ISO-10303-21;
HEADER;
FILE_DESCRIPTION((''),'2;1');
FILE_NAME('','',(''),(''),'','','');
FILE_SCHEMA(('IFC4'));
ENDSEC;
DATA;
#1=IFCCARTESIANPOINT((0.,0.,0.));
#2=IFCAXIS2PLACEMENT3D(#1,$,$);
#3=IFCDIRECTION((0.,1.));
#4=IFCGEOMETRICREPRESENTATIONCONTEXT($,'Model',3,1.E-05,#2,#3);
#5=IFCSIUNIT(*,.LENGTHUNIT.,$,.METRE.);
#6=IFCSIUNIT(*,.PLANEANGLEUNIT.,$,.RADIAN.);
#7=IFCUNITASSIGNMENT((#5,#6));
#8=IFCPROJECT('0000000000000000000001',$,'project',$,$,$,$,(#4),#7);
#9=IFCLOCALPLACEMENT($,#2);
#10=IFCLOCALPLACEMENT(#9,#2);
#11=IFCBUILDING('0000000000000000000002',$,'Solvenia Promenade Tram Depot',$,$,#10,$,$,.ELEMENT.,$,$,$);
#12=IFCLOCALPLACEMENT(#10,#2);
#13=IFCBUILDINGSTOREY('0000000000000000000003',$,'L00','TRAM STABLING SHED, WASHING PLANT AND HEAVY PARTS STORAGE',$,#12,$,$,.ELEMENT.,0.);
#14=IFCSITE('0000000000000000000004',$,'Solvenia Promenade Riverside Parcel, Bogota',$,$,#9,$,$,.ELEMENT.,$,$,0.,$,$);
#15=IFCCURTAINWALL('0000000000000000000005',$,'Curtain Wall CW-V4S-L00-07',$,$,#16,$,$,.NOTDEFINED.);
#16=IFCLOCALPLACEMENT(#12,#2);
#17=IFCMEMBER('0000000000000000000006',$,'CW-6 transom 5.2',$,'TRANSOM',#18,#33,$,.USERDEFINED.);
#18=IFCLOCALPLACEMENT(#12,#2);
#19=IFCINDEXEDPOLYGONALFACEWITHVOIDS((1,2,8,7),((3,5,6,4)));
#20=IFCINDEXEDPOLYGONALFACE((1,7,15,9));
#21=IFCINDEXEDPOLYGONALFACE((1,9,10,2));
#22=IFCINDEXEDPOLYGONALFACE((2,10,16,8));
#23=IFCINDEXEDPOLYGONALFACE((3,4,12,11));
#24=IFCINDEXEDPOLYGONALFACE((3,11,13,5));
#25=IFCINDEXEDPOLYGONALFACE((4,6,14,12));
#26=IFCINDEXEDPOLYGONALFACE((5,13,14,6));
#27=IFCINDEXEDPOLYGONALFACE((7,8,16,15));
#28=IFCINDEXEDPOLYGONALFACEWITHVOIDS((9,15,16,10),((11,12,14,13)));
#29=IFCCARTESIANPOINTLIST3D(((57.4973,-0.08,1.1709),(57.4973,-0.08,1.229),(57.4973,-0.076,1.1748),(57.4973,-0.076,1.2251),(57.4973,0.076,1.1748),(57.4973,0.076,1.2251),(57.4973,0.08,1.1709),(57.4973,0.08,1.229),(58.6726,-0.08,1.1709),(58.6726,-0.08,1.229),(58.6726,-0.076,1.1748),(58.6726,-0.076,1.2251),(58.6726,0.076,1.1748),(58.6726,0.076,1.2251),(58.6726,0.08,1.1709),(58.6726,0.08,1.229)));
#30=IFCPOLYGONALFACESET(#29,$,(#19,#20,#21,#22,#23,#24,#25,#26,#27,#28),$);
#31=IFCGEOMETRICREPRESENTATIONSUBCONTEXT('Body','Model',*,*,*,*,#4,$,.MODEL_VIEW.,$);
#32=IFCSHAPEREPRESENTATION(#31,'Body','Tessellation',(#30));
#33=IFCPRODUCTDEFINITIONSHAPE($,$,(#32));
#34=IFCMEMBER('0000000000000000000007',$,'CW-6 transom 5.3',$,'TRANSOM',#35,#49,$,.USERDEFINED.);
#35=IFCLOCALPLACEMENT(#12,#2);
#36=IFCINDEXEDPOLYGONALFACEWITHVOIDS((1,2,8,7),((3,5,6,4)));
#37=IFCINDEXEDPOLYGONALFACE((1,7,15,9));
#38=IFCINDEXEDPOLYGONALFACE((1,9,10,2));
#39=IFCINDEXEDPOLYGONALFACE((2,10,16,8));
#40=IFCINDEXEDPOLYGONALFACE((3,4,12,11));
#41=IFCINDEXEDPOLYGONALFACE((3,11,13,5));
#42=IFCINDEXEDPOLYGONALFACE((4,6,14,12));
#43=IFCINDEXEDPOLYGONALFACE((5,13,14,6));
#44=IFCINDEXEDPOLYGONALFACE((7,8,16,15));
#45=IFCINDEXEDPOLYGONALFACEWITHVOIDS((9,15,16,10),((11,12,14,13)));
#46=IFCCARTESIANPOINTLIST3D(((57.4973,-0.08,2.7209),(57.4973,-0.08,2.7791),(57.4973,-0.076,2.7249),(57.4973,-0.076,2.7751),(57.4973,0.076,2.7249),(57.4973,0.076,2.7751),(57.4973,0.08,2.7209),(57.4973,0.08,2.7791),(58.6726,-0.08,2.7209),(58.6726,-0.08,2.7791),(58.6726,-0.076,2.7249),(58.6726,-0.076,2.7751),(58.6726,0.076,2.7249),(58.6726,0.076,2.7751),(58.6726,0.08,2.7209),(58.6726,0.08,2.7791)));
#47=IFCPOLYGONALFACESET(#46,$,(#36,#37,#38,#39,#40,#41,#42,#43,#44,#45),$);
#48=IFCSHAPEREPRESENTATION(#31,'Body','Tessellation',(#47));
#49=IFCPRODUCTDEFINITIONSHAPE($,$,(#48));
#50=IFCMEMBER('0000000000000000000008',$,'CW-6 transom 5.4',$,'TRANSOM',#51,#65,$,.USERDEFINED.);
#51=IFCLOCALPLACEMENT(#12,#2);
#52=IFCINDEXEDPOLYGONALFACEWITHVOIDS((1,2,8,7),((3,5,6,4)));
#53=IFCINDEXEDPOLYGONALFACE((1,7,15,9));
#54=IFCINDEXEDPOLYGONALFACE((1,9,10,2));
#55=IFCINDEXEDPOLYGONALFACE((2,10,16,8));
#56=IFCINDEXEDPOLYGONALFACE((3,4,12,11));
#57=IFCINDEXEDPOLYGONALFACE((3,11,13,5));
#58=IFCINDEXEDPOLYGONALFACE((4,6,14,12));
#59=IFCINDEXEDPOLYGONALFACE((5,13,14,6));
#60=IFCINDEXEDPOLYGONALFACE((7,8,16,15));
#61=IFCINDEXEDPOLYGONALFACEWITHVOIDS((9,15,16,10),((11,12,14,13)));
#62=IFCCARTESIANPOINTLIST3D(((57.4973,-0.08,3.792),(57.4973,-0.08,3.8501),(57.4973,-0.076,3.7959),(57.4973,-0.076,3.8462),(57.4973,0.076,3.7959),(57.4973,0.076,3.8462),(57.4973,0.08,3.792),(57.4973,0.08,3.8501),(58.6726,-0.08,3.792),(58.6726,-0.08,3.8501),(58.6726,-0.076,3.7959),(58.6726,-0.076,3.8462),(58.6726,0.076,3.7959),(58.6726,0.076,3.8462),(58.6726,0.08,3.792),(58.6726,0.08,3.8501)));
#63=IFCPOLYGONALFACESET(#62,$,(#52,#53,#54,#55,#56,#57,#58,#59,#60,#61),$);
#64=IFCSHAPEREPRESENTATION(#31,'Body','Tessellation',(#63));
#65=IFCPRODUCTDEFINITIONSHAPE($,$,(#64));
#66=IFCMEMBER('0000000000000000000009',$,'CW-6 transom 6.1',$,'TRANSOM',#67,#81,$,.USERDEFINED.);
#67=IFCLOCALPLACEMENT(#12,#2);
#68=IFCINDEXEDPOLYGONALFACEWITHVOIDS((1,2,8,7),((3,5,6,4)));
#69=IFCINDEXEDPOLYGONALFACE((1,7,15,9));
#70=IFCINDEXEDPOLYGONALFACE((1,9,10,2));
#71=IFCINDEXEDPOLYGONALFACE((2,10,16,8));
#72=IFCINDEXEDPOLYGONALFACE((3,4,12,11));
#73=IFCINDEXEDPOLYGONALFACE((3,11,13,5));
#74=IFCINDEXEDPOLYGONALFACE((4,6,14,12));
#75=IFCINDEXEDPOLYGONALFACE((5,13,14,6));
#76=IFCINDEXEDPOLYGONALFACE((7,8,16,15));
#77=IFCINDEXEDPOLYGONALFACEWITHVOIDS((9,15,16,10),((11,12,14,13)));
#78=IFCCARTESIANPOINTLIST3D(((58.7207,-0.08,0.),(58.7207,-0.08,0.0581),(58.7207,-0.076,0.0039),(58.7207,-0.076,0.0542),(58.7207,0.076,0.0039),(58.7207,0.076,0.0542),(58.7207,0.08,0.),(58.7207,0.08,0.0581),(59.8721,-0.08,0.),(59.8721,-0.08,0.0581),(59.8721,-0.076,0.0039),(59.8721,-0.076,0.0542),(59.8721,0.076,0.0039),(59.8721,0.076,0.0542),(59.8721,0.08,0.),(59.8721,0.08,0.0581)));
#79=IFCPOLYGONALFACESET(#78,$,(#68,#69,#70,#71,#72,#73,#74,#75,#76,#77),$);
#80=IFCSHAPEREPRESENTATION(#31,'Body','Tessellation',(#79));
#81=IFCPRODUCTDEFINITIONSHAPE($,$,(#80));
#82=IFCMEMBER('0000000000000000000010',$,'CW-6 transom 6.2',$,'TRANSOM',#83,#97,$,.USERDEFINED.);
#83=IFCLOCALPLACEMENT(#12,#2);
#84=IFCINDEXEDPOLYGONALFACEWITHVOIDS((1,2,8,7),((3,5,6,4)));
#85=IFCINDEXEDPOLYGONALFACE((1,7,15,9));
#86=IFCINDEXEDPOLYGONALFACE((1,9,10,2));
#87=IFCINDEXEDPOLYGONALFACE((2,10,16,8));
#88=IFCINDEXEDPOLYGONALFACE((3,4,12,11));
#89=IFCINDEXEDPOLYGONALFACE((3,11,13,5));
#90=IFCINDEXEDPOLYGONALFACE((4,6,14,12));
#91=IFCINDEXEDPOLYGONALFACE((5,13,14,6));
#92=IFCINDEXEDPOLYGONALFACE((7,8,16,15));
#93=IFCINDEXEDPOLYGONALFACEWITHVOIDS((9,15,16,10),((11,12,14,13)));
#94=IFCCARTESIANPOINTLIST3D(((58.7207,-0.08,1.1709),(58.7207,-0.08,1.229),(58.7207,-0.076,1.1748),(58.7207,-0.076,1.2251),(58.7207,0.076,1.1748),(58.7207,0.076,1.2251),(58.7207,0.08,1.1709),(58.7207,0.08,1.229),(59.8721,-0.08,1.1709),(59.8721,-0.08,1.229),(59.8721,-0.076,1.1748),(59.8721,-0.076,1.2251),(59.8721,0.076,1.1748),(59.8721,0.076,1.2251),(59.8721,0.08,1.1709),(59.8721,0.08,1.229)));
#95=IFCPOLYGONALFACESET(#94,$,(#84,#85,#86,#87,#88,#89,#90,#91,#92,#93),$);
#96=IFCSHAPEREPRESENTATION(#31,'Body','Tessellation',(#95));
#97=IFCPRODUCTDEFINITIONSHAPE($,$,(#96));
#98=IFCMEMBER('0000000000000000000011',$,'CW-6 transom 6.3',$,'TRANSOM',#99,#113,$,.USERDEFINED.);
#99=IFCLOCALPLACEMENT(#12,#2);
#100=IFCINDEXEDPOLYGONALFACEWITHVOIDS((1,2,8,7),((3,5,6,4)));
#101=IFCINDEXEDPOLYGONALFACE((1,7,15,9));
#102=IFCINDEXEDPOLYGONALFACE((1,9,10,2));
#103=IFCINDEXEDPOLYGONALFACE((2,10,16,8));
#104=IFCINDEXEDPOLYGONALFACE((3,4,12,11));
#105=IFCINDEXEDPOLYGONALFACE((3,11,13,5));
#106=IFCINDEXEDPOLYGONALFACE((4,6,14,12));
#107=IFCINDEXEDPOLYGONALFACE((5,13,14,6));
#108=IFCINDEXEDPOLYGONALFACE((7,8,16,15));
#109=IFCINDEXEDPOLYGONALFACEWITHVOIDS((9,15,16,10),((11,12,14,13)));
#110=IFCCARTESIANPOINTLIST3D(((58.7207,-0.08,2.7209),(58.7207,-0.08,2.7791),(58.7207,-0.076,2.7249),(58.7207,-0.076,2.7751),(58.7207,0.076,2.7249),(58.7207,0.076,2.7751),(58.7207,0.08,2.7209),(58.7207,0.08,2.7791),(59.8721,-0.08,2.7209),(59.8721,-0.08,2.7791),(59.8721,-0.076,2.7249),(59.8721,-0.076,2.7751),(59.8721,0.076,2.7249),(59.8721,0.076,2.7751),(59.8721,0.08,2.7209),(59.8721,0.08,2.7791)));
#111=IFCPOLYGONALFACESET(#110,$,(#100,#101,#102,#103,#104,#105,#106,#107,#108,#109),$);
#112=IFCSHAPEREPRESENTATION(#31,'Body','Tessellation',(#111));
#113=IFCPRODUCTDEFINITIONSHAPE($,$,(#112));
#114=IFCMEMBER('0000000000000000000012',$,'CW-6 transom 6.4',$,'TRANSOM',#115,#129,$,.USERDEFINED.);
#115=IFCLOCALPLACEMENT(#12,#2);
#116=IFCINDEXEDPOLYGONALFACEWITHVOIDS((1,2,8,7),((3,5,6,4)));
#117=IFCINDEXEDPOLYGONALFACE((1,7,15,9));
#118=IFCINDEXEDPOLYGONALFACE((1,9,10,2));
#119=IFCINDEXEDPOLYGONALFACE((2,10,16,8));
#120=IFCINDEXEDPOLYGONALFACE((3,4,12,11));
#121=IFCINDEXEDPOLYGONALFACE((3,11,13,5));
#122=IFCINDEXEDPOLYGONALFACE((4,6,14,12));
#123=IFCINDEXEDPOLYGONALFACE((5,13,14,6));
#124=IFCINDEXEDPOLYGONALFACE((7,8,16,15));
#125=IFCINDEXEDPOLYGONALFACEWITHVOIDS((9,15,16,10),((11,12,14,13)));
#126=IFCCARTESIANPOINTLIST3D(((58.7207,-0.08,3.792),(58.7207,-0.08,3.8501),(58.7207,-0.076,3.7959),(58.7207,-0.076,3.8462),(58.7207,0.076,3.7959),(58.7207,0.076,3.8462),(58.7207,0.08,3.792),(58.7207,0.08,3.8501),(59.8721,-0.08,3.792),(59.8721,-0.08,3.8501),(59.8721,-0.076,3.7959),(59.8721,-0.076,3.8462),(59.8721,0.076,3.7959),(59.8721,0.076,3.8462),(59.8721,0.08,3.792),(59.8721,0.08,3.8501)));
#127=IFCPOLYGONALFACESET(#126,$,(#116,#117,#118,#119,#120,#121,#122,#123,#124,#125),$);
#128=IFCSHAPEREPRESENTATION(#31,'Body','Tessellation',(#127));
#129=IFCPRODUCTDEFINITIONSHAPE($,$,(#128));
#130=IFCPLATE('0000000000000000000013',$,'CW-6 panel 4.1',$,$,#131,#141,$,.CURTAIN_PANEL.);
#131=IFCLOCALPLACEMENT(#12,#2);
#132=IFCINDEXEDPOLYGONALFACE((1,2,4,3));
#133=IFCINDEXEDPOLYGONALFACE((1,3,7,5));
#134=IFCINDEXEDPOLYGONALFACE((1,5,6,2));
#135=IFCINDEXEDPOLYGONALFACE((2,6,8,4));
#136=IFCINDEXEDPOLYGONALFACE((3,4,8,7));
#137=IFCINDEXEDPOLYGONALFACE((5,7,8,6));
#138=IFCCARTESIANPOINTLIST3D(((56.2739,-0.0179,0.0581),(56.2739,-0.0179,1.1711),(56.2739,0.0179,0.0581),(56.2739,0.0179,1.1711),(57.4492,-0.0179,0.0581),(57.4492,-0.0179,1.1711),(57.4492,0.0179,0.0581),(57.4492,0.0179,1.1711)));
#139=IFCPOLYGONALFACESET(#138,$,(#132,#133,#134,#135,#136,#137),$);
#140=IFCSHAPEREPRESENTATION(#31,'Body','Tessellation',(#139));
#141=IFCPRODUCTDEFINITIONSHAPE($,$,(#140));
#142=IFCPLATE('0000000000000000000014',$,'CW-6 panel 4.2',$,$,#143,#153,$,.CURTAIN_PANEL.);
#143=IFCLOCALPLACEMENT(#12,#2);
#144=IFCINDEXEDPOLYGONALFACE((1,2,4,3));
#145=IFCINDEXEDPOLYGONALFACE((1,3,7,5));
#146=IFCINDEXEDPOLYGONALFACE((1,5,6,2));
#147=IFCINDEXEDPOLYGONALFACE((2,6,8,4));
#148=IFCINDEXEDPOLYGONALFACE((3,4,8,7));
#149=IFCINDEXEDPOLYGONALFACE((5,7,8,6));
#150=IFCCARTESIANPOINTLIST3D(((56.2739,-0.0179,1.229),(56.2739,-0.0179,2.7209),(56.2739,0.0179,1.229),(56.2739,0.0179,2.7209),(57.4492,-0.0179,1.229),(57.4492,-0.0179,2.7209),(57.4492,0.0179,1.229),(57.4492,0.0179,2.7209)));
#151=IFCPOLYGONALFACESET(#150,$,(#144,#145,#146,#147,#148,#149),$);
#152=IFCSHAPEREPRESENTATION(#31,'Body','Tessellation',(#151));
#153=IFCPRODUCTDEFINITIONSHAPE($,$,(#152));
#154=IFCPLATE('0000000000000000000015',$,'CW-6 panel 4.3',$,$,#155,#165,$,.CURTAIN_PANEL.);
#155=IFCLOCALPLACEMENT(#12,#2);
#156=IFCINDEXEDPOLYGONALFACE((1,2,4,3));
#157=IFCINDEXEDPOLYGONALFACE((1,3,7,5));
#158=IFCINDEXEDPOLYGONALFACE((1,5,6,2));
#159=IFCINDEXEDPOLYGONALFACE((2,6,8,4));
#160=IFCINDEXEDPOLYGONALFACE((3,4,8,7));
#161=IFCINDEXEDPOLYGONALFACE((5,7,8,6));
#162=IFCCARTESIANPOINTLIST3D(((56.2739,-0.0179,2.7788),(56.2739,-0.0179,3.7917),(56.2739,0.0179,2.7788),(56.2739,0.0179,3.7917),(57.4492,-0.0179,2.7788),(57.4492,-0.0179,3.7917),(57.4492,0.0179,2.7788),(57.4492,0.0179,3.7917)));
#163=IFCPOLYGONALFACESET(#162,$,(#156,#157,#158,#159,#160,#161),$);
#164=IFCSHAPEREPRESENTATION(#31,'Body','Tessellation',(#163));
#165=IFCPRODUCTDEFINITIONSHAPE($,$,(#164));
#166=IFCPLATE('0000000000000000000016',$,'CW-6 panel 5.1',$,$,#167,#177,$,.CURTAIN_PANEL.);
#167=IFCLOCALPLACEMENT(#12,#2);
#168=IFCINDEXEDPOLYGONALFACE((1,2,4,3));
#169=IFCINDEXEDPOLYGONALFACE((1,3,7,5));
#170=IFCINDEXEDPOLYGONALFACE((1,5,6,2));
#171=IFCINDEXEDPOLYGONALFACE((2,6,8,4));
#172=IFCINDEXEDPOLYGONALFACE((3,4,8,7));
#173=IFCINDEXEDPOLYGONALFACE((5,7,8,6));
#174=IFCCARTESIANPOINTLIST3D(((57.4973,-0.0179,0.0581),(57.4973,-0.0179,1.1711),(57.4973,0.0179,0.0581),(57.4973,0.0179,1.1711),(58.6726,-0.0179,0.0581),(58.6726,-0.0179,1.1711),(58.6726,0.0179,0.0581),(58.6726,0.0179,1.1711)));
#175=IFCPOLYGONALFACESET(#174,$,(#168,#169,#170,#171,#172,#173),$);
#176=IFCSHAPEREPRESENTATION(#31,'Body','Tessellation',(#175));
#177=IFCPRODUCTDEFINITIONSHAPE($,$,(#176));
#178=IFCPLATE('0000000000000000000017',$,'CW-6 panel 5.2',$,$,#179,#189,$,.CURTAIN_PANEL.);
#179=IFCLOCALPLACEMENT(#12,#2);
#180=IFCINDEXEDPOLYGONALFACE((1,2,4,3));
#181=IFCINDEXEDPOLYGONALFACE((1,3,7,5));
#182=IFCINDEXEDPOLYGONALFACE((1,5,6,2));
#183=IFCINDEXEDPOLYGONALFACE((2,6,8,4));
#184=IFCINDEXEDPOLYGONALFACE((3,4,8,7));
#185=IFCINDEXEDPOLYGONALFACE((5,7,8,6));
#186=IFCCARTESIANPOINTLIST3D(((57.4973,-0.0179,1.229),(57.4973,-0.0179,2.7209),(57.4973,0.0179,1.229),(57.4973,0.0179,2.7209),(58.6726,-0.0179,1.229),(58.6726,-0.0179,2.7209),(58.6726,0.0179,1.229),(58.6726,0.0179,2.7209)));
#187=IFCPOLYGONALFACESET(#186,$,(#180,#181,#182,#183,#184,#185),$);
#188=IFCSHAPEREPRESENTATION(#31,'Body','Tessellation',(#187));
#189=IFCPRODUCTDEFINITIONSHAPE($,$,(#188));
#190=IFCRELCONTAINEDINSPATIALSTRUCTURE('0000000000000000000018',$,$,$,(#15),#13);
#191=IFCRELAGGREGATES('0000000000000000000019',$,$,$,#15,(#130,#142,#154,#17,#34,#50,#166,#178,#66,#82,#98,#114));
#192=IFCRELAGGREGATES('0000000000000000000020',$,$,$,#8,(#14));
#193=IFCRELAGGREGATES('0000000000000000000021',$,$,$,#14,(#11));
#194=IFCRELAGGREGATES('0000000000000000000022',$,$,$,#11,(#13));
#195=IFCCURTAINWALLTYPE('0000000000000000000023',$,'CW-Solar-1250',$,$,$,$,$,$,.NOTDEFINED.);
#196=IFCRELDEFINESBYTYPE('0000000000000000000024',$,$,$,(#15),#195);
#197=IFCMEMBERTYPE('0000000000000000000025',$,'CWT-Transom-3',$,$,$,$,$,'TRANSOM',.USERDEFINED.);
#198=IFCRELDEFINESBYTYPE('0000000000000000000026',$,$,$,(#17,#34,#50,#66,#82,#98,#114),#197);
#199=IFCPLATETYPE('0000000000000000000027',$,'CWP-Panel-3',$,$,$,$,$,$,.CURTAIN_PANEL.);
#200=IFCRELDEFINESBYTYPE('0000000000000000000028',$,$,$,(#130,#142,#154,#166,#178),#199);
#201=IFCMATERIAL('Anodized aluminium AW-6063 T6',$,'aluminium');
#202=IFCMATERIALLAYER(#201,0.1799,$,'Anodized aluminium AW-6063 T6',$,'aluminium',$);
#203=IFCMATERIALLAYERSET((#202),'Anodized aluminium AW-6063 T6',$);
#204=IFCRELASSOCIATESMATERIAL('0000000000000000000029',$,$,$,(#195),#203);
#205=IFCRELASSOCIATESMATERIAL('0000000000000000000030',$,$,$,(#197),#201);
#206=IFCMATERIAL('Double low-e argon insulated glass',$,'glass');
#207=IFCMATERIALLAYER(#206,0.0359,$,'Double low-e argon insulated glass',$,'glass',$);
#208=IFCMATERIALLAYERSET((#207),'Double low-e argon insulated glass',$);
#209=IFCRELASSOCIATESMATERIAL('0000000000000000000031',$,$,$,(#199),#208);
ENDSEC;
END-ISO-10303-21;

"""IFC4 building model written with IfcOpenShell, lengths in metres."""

from ifc_helpers import new_model, si_unit, direction, frame, origin, origin_2d, place, context, subcontext, project, spatial, rectangle, hollow_rectangle, extrude, material, layer, layer_set, material_profile, profile_set, type_object, element, aggregate, save


model = new_model("IFC4")

# Units and contexts
model_context = context("Model", 3, precision=1e-05, world=origin(), true_north=direction((0.0, 1.0)))
body_context = subcontext(model_context, "Body", "Model", "MODEL_VIEW")
ifc_project = project(units=[si_unit("LENGTHUNIT", "METRE"), si_unit("PLANEANGLEUNIT", "RADIAN")], contexts=[model_context])

# Site, building, storey
site_placement = place(None, origin())
site = spatial("IfcSite", under=ifc_project, at=site_placement, Name="Solvenia Promenade Riverside Parcel, Bogota", CompositionType="ELEMENT", RefElevation=0.0)
building_placement = place(site_placement, origin())
building = spatial("IfcBuilding", under=site, at=building_placement, Name="Solvenia Promenade Tram Depot", CompositionType="ELEMENT")
storey_placement = place(building_placement, origin())
storey = spatial("IfcBuildingStorey", under=building, at=storey_placement, Name="L00", Description="TRAM STABLING SHED, WASHING PLANT AND HEAVY PARTS STORAGE", CompositionType="ELEMENT", Elevation=0.0)

# Curtain wall, members, plates
ifc_material_1 = material(Name="Anodized aluminium AW-6063 T6", Category="aluminium")
ifc_layer_1 = layer(ifc_material_1, 0.1799, Name="Anodized aluminium AW-6063 T6", Category="aluminium")
ifc_layer_set_1 = layer_set([ifc_layer_1], Name="Anodized aluminium AW-6063 T6")
curtain_wall_type = type_object("IfcCurtainWallType", Name="CW-Solar-1250", PredefinedType="NOTDEFINED", material=ifc_layer_set_1)
curtain_wall_placement = place(storey_placement, origin())
curtain_wall = element("IfcCurtainWall", 1, at=curtain_wall_placement, inside=storey, type_object=curtain_wall_type, Name="Curtain Wall CW-V4S-L00-07", PredefinedType="NOTDEFINED")
ifc_material_profile_1 = material_profile(ifc_material_1, hollow_rectangle(XDim=0.1599, YDim=0.0581, WallThickness=0.0039, at=origin_2d()), Name="ALU-T3", Category="aluminium")
ifc_profile_set_1 = profile_set([ifc_material_profile_1], Name="Anodized aluminium AW-6063 T6")
member_type_1 = type_object("IfcMemberType", Name="CWT-Transom-3", ElementType="TRANSOM", PredefinedType="USERDEFINED", material=ifc_profile_set_1)
member_1_placement = place(storey_placement, frame((57.4973, 0.0, 1.2), z_axis=(1.0, 0.0, 0.0), x_axis=(0.0, 1.0, 0.0)))
member_1 = element("IfcMember", 2, at=member_1_placement, type_object=member_type_1, Name="CW-6 transom 5.2", ObjectType="TRANSOM", PredefinedType="USERDEFINED", context=body_context, shape_type="SweptSolid", body=[
    extrude(hollow_rectangle(XDim=0.1599, YDim=0.0581, WallThickness=0.0039, at=origin_2d()), origin(), (0.0, 0.0, 1.0), 1.1753),
])
member_2_placement = place(storey_placement, frame((57.4973, 0.0, 2.75), z_axis=(1.0, 0.0, 0.0), x_axis=(0.0, 1.0, 0.0)))
member_2 = element("IfcMember", 3, at=member_2_placement, type_object=member_type_1, Name="CW-6 transom 5.3", ObjectType="TRANSOM", PredefinedType="USERDEFINED", context=body_context, shape_type="SweptSolid", body=[
    extrude(hollow_rectangle(XDim=0.1599, YDim=0.0581, WallThickness=0.0039, at=origin_2d()), origin(), (0.0, 0.0, 1.0), 1.1753),
])
member_3_placement = place(storey_placement, frame((57.4973, 0.0, 3.821), z_axis=(1.0, 0.0, 0.0), x_axis=(0.0, 1.0, 0.0)))
member_3 = element("IfcMember", 4, at=member_3_placement, type_object=member_type_1, Name="CW-6 transom 5.4", ObjectType="TRANSOM", PredefinedType="USERDEFINED", context=body_context, shape_type="SweptSolid", body=[
    extrude(hollow_rectangle(XDim=0.1599, YDim=0.0581, WallThickness=0.0039, at=origin_2d()), origin(), (0.0, 0.0, 1.0), 1.1753),
])
member_4_placement = place(storey_placement, frame((58.7207, 0.0, 0.0291), z_axis=(1.0, 0.0, 0.0), x_axis=(0.0, 1.0, 0.0)))
member_4 = element("IfcMember", 5, at=member_4_placement, type_object=member_type_1, Name="CW-6 transom 6.1", ObjectType="TRANSOM", PredefinedType="USERDEFINED", context=body_context, shape_type="SweptSolid", body=[
    extrude(hollow_rectangle(XDim=0.1599, YDim=0.0581, WallThickness=0.0039, at=origin_2d()), origin(), (0.0, 0.0, 1.0), 1.1514),
])
member_5_placement = place(storey_placement, frame((58.7207, 0.0, 1.2), z_axis=(1.0, 0.0, 0.0), x_axis=(0.0, 1.0, 0.0)))
member_5 = element("IfcMember", 6, at=member_5_placement, type_object=member_type_1, Name="CW-6 transom 6.2", ObjectType="TRANSOM", PredefinedType="USERDEFINED", context=body_context, shape_type="SweptSolid", body=[
    extrude(hollow_rectangle(XDim=0.1599, YDim=0.0581, WallThickness=0.0039, at=origin_2d()), origin(), (0.0, 0.0, 1.0), 1.1514),
])
member_6_placement = place(storey_placement, frame((58.7207, 0.0, 2.75), z_axis=(1.0, 0.0, 0.0), x_axis=(0.0, 1.0, 0.0)))
member_6 = element("IfcMember", 7, at=member_6_placement, type_object=member_type_1, Name="CW-6 transom 6.3", ObjectType="TRANSOM", PredefinedType="USERDEFINED", context=body_context, shape_type="SweptSolid", body=[
    extrude(hollow_rectangle(XDim=0.1599, YDim=0.0581, WallThickness=0.0039, at=origin_2d()), origin(), (0.0, 0.0, 1.0), 1.1514),
])
member_7_placement = place(storey_placement, frame((58.7207, 0.0, 3.821), z_axis=(1.0, 0.0, 0.0), x_axis=(0.0, 1.0, 0.0)))
member_7 = element("IfcMember", 8, at=member_7_placement, type_object=member_type_1, Name="CW-6 transom 6.4", ObjectType="TRANSOM", PredefinedType="USERDEFINED", context=body_context, shape_type="SweptSolid", body=[
    extrude(hollow_rectangle(XDim=0.1599, YDim=0.0581, WallThickness=0.0039, at=origin_2d()), origin(), (0.0, 0.0, 1.0), 1.1514),
])
ifc_material_2 = material(Name="Double low-e argon insulated glass", Category="glass")
ifc_layer_2 = layer(ifc_material_2, 0.0359, Name="Double low-e argon insulated glass", Category="glass")
ifc_layer_set_2 = layer_set([ifc_layer_2], Name="Double low-e argon insulated glass")
plate_type = type_object("IfcPlateType", Name="CWP-Panel-3", PredefinedType="CURTAIN_PANEL", material=ifc_layer_set_2)
plate_1_placement = place(storey_placement, frame((56.8616, 0.0, 0.0581), z_axis=(0.0, 0.0, 1.0), x_axis=(1.0, 0.0, 0.0)))
plate_1 = element("IfcPlate", 9, at=plate_1_placement, type_object=plate_type, Name="CW-6 panel 4.1", PredefinedType="CURTAIN_PANEL", context=body_context, shape_type="SweptSolid", body=[
    extrude(rectangle(XDim=1.1753, YDim=0.0359, at=origin_2d()), origin(), (0.0, 0.0, 1.0), 1.113),
])
plate_2_placement = place(storey_placement, frame((56.8616, 0.0, 1.229), z_axis=(0.0, 0.0, 1.0), x_axis=(1.0, 0.0, 0.0)))
plate_2 = element("IfcPlate", 10, at=plate_2_placement, type_object=plate_type, Name="CW-6 panel 4.2", PredefinedType="CURTAIN_PANEL", context=body_context, shape_type="SweptSolid", body=[
    extrude(rectangle(XDim=1.1753, YDim=0.0359, at=origin_2d()), origin(), (0.0, 0.0, 1.0), 1.4919),
])
plate_3_placement = place(storey_placement, frame((56.8616, 0.0, 2.7788), z_axis=(0.0, 0.0, 1.0), x_axis=(1.0, 0.0, 0.0)))
plate_3 = element("IfcPlate", 11, at=plate_3_placement, type_object=plate_type, Name="CW-6 panel 4.3", PredefinedType="CURTAIN_PANEL", context=body_context, shape_type="SweptSolid", body=[
    extrude(rectangle(XDim=1.1753, YDim=0.0359, at=origin_2d()), origin(), (0.0, 0.0, 1.0), 1.0129),
])
plate_4_placement = place(storey_placement, frame((58.085, 0.0, 0.0581), z_axis=(0.0, 0.0, 1.0), x_axis=(1.0, 0.0, 0.0)))
plate_4 = element("IfcPlate", 12, at=plate_4_placement, type_object=plate_type, Name="CW-6 panel 5.1", PredefinedType="CURTAIN_PANEL", context=body_context, shape_type="SweptSolid", body=[
    extrude(rectangle(XDim=1.1753, YDim=0.0359, at=origin_2d()), origin(), (0.0, 0.0, 1.0), 1.113),
])
plate_5_placement = place(storey_placement, frame((58.085, 0.0, 1.229), z_axis=(0.0, 0.0, 1.0), x_axis=(1.0, 0.0, 0.0)))
plate_5 = element("IfcPlate", 13, at=plate_5_placement, type_object=plate_type, Name="CW-6 panel 5.2", PredefinedType="CURTAIN_PANEL", context=body_context, shape_type="SweptSolid", body=[
    extrude(rectangle(XDim=1.1753, YDim=0.0359, at=origin_2d()), origin(), (0.0, 0.0, 1.0), 1.4919),
])
aggregate(curtain_wall, [plate_1, plate_2, plate_3, member_1, member_2, member_3, plate_4, plate_5, member_4, member_5, member_6, member_7])

save(model, "model.ifc")
